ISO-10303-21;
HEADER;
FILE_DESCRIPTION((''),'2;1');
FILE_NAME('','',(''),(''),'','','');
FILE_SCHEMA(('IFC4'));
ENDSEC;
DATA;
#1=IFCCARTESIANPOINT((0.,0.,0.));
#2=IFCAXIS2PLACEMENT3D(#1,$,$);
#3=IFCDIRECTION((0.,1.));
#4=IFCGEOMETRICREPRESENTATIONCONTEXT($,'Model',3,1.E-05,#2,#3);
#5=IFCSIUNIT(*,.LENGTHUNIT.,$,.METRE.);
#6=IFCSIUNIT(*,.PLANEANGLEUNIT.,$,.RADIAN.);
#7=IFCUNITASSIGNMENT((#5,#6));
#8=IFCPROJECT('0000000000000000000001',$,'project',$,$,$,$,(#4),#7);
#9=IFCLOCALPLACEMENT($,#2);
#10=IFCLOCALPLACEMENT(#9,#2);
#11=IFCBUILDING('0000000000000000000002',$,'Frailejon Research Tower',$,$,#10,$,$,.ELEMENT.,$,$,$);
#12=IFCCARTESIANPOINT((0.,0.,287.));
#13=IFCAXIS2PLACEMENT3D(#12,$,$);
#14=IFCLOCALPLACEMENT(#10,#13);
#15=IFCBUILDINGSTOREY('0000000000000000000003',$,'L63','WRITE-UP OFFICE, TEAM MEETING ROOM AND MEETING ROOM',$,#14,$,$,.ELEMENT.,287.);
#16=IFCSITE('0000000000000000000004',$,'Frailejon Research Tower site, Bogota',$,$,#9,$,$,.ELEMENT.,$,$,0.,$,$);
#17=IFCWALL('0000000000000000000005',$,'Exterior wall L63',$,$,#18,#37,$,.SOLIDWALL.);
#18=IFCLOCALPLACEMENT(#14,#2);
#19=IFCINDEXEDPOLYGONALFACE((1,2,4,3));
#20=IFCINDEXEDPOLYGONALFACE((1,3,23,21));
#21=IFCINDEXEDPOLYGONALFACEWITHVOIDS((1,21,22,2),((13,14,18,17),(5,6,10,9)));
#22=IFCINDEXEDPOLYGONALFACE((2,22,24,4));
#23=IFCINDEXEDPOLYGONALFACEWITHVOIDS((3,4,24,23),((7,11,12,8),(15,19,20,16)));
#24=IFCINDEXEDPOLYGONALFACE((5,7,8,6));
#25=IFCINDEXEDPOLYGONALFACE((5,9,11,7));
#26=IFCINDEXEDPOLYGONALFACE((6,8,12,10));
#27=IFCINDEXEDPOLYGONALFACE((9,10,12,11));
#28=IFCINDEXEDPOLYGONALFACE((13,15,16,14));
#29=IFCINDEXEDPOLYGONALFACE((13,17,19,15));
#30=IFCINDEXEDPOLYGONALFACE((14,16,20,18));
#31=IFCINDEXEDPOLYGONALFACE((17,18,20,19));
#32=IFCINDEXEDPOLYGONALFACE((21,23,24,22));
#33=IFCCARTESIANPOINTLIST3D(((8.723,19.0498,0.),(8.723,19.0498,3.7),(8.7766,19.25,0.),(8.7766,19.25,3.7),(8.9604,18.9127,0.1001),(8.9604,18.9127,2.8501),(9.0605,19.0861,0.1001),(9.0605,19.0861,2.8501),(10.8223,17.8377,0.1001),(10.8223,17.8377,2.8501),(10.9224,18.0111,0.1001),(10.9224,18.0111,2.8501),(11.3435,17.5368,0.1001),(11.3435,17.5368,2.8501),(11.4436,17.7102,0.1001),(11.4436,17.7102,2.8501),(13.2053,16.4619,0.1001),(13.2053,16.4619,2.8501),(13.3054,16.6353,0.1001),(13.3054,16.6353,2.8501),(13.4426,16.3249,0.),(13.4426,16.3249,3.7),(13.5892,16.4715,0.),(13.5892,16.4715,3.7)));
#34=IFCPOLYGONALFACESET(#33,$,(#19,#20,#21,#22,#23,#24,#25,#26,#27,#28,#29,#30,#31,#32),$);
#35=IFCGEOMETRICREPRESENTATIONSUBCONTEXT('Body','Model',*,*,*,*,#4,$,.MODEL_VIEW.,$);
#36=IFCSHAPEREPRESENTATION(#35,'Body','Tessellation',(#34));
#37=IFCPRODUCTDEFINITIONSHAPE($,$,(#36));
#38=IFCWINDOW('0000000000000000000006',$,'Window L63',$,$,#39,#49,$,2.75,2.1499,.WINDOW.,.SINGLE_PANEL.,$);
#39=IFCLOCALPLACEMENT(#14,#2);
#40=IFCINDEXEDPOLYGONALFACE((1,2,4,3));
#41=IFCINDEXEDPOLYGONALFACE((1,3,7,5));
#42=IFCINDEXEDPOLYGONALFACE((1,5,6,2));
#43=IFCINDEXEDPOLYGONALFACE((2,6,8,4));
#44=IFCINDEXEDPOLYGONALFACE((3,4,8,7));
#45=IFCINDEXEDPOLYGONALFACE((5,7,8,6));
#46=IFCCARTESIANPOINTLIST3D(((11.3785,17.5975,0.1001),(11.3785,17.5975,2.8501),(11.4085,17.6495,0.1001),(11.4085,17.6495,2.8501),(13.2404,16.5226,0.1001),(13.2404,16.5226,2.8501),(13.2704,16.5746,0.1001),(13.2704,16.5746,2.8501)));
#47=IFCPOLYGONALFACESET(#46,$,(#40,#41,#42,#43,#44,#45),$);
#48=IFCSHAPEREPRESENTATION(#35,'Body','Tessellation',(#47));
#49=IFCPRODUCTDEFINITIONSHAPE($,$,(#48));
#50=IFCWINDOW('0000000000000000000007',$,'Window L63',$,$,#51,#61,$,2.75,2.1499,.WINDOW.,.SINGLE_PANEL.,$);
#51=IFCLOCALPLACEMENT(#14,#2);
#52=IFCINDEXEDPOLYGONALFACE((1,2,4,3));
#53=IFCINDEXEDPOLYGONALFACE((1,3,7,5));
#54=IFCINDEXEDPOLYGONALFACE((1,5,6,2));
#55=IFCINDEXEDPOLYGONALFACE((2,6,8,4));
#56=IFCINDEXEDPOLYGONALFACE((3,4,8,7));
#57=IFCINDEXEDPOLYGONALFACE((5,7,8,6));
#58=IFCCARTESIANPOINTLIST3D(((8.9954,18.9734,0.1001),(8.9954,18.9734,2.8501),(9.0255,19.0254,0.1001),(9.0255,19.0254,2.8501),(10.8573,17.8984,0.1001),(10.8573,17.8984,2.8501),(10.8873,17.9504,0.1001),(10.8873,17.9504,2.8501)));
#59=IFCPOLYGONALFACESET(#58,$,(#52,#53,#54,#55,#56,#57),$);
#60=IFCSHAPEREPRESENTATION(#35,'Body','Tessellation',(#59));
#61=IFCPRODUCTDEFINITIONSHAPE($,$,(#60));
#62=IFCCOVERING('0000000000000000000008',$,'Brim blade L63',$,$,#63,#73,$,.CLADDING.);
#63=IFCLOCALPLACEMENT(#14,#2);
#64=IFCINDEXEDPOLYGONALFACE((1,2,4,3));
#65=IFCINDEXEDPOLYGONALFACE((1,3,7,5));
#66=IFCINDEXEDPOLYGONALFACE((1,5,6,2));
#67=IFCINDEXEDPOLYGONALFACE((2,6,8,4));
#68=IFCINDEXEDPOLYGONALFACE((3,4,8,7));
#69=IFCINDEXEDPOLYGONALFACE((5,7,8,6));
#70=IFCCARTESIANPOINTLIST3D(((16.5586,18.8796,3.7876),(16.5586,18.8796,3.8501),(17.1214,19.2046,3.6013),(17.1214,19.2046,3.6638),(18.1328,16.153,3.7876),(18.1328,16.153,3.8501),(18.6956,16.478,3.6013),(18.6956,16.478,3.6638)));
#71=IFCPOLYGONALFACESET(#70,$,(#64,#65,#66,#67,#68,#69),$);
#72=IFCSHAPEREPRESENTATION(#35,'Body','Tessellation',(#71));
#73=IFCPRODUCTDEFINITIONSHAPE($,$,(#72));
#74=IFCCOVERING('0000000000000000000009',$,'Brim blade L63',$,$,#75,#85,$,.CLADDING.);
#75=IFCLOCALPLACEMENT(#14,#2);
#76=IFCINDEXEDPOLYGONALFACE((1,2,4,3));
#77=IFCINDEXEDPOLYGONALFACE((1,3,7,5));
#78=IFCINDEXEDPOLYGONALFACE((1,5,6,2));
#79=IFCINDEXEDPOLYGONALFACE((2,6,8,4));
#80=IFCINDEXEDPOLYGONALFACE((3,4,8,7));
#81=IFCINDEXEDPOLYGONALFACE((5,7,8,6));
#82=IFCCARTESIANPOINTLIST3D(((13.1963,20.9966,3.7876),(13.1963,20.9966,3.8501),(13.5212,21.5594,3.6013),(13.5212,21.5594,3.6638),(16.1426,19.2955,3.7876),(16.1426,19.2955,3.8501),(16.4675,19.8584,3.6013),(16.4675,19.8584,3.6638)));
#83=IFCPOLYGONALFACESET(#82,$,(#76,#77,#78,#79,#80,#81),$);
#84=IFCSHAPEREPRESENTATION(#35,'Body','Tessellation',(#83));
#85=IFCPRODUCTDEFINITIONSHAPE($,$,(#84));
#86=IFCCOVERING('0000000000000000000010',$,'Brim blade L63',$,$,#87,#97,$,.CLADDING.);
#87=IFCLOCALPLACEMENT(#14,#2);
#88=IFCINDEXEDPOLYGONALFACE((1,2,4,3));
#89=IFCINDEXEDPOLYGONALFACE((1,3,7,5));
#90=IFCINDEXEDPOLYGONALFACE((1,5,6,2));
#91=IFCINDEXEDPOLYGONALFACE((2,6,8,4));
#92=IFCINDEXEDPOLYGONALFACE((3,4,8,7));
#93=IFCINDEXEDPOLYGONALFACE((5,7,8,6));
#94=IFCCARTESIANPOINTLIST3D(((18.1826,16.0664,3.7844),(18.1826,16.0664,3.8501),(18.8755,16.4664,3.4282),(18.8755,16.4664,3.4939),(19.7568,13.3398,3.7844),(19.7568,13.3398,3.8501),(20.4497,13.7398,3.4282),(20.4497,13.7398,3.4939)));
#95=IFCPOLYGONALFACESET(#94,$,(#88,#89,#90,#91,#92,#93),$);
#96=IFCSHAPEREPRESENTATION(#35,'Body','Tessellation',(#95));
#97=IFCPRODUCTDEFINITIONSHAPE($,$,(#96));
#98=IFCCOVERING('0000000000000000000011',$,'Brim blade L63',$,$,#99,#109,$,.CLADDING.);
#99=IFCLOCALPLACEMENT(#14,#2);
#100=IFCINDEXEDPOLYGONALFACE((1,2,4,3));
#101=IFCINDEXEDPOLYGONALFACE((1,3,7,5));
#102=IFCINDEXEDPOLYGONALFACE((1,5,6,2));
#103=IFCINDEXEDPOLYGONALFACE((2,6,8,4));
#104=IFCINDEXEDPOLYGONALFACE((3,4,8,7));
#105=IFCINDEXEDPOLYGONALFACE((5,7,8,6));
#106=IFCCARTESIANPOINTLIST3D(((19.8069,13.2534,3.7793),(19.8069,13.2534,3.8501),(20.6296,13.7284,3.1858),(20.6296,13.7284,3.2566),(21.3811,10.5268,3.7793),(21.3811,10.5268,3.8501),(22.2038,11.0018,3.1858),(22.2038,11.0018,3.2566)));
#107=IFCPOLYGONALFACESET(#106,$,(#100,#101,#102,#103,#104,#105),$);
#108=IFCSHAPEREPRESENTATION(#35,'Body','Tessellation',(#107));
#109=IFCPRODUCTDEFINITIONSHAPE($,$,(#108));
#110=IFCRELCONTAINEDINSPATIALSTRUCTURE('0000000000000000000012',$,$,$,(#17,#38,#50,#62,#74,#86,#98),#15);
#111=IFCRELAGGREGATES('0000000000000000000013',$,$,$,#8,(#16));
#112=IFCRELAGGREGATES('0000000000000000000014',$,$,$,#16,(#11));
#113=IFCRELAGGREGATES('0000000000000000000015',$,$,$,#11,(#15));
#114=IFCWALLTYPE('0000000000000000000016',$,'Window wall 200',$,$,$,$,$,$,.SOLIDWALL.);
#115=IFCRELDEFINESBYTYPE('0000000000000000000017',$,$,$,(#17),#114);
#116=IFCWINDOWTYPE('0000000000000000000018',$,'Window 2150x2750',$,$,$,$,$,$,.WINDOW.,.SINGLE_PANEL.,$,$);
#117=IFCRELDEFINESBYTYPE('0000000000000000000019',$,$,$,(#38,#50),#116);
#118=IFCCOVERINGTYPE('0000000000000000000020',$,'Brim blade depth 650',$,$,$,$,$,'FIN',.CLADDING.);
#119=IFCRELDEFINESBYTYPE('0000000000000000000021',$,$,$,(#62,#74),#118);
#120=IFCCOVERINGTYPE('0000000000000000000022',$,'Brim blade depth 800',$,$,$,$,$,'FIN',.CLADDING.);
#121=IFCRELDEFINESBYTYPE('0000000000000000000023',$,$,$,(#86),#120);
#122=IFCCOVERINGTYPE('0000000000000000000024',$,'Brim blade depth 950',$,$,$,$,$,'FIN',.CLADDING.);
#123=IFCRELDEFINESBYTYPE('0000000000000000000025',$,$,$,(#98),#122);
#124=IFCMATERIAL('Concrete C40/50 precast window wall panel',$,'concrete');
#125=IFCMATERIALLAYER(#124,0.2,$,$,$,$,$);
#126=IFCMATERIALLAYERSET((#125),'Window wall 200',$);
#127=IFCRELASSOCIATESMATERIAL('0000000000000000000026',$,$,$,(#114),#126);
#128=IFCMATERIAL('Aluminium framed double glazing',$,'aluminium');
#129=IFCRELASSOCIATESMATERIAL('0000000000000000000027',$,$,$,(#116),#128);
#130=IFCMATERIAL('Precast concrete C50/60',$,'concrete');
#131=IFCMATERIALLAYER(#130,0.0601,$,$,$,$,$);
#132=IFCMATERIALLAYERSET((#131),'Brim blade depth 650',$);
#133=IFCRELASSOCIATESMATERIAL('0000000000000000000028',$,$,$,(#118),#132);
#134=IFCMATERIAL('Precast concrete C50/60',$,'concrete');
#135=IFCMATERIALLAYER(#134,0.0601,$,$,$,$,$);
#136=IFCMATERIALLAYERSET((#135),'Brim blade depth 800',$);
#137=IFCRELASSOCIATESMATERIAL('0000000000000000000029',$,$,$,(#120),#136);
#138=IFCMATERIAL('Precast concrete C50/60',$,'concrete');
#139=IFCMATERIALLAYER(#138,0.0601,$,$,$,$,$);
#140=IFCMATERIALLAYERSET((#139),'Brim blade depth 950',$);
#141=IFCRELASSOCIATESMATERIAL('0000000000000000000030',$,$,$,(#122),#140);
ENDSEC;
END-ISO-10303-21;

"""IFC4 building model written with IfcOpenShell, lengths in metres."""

from ifc_helpers import new_model, si_unit, direction, frame, frame_2d, origin, place, context, subcontext, project, spatial, polyline, rectangle, outline, extrude, material, layer, layer_set, type_object, element, fill, save


model = new_model("IFC4")

# Units and contexts
model_context = context("Model", 3, precision=1e-05, world=origin(), true_north=direction((0.0, 1.0)))
body_context = subcontext(model_context, "Body", "Model", "MODEL_VIEW")
ifc_project = project(units=[si_unit("LENGTHUNIT", "METRE"), si_unit("PLANEANGLEUNIT", "RADIAN")], contexts=[model_context])

# Site, building, storey
site_placement = place(None, origin())
site = spatial("IfcSite", under=ifc_project, at=site_placement, Name="Frailejon Research Tower site, Bogota", CompositionType="ELEMENT", RefElevation=0.0)
building_placement = place(site_placement, origin())
building = spatial("IfcBuilding", under=site, at=building_placement, Name="Frailejon Research Tower", CompositionType="ELEMENT")
storey_placement = place(building_placement, frame((0.0, 0.0, 287.0)))
storey = spatial("IfcBuildingStorey", under=building, at=storey_placement, Name="L63", Description="WRITE-UP OFFICE, TEAM MEETING ROOM AND MEETING ROOM", CompositionType="ELEMENT", Elevation=287.0)

# Wall, openings, windows
ifc_material_1 = material(Name="Concrete C40/50 precast window wall panel", Category="concrete")
ifc_layer_1 = layer(ifc_material_1, 0.2)
ifc_layer_set_1 = layer_set([ifc_layer_1], Name="Window wall 200")
wall_type = type_object("IfcWallType", Name="Window wall 200", PredefinedType="SOLIDWALL", material=ifc_layer_set_1)
wall_placement = place(storey_placement, frame((13.5159, 16.3982, 0.0), z_axis=(0.0, 0.0, 1.0), x_axis=(-0.866026, 0.499999, 0.0)))
wall = element("IfcWall", 1, at=wall_placement, inside=storey, type_object=wall_type, Name="Exterior wall L63", PredefinedType="SOLIDWALL", context=body_context, shape_type="SweptSolid", body=[
    extrude(outline(polyline([(-0.0269, -0.1001), (1.0845, -0.1001), (2.196, -0.1001), (3.3074, -0.1001), (4.4189, -0.1001), (5.5303, -0.1001), (5.4766, 0.1001), (4.3867, 0.1001), (3.2966, 0.1001), (2.2068, 0.1001), (1.1167, 0.1001), (0.0269, 0.1001), (-0.0269, -0.1001)])), origin(), (0.0, 0.0, 1.0), 3.7),
])
opening_1_placement = place(wall_placement, frame((0.3008, 0.0, 0.1001)))
opening_1 = element("IfcOpeningElement", 2, at=opening_1_placement, cuts=wall, PredefinedType="OPENING", context=body_context, shape_type="SweptSolid", body=[
    extrude(rectangle(XDim=2.1499, YDim=2.75, at=frame_2d((1.075, 1.375))), frame((0.0, 0.1099, 0.0), z_axis=(0.0, -1.0, 0.0), x_axis=(1.0, 0.0, 0.0)), (0.0, 0.0, 1.0), 0.22),
])
opening_2_placement = place(wall_placement, frame((3.0525, 0.0, 0.1001)))
opening_2 = element("IfcOpeningElement", 3, at=opening_2_placement, cuts=wall, PredefinedType="OPENING", context=body_context, shape_type="SweptSolid", body=[
    extrude(rectangle(XDim=2.1499, YDim=2.75, at=frame_2d((1.075, 1.375))), frame((0.0, 0.1099, 0.0), z_axis=(0.0, -1.0, 0.0), x_axis=(1.0, 0.0, 0.0)), (0.0, 0.0, 1.0), 0.22),
])
ifc_material_2 = material(Name="Aluminium framed double glazing", Category="aluminium")
window_type = type_object("IfcWindowType", Name="Window 2150x2750", PartitioningType="SINGLE_PANEL", PredefinedType="WINDOW", material=ifc_material_2)
window_1_placement = place(opening_1_placement, origin())
window_1 = element("IfcWindow", 4, at=window_1_placement, inside=storey, type_object=window_type, Name="Window L63", OverallHeight=2.75, OverallWidth=2.1499, PartitioningType="SINGLE_PANEL", PredefinedType="WINDOW", context=body_context, shape_type="SweptSolid", body=[
    extrude(rectangle(XDim=2.1499, YDim=2.75, at=frame_2d((1.075, 1.375))), frame((0.0, 0.03, 0.0), z_axis=(0.0, -1.0, 0.0), x_axis=(1.0, 0.0, 0.0)), (0.0, 0.0, 1.0), 0.0601),
])
fill(opening_1, window_1)
window_2_placement = place(opening_2_placement, origin())
window_2 = element("IfcWindow", 5, at=window_2_placement, inside=storey, type_object=window_type, Name="Window L63", OverallHeight=2.75, OverallWidth=2.1499, PartitioningType="SINGLE_PANEL", PredefinedType="WINDOW", context=body_context, shape_type="SweptSolid", body=[
    extrude(rectangle(XDim=2.1499, YDim=2.75, at=frame_2d((1.075, 1.375))), frame((0.0, 0.03, 0.0), z_axis=(0.0, -1.0, 0.0), x_axis=(1.0, 0.0, 0.0)), (0.0, 0.0, 1.0), 0.0601),
])
fill(opening_2, window_2)

# Coverings
ifc_material_3 = material(Name="Precast concrete C50/60", Category="concrete")
ifc_layer_2 = layer(ifc_material_3, 0.0601)
ifc_layer_set_2 = layer_set([ifc_layer_2], Name="Brim blade depth 650")
covering_type_1 = type_object("IfcCoveringType", Name="Brim blade depth 650", ElementType="FIN", PredefinedType="CLADDING", material=ifc_layer_set_2)
covering_1_placement = place(storey_placement, frame((16.5586, 18.8796, 3.8501), z_axis=(0.5, -0.866026, 0.0), x_axis=(0.866026, 0.5, 0.0)))
element("IfcCovering", 6, at=covering_1_placement, inside=storey, type_object=covering_type_1, Name="Brim blade L63", PredefinedType="CLADDING", context=body_context, shape_type="SweptSolid", body=[
    extrude(outline(polyline([(0.0, -0.0625), (0.6499, -0.2488), (0.6499, -0.1863), (0.0, 0.0), (0.0, -0.0625)])), origin(), (0.0, 0.0, 1.0), 3.1484),
])
covering_2_placement = place(storey_placement, frame((13.1963, 20.9966, 3.8501), z_axis=(0.866024, -0.500003, 0.0), x_axis=(0.500003, 0.866024, 0.0)))
element("IfcCovering", 7, at=covering_2_placement, inside=storey, type_object=covering_type_1, Name="Brim blade L63", PredefinedType="CLADDING", context=body_context, shape_type="SweptSolid", body=[
    extrude(outline(polyline([(0.0, -0.0625), (0.6499, -0.2488), (0.6499, -0.1863), (0.0, 0.0), (0.0, -0.0625)])), origin(), (0.0, 0.0, 1.0), 3.4021),
])
ifc_material_4 = material(Name="Precast concrete C50/60", Category="concrete")
ifc_layer_3 = layer(ifc_material_4, 0.0601)
ifc_layer_set_3 = layer_set([ifc_layer_3], Name="Brim blade depth 800")
covering_type_2 = type_object("IfcCoveringType", Name="Brim blade depth 800", ElementType="FIN", PredefinedType="CLADDING", material=ifc_layer_set_3)
covering_3_placement = place(storey_placement, frame((18.1826, 16.0664, 3.8501), z_axis=(0.5, -0.866026, 0.0), x_axis=(0.866026, 0.5, 0.0)))
element("IfcCovering", 8, at=covering_3_placement, inside=storey, type_object=covering_type_2, Name="Brim blade L63", PredefinedType="CLADDING", context=body_context, shape_type="SweptSolid", body=[
    extrude(outline(polyline([(0.0, -0.0657), (0.8, -0.4219), (0.8, -0.3562), (0.0, 0.0), (0.0, -0.0657)])), origin(), (0.0, 0.0, 1.0), 3.1484),
])
ifc_material_5 = material(Name="Precast concrete C50/60", Category="concrete")
ifc_layer_4 = layer(ifc_material_5, 0.0601)
ifc_layer_set_4 = layer_set([ifc_layer_4], Name="Brim blade depth 950")
covering_type_3 = type_object("IfcCoveringType", Name="Brim blade depth 950", ElementType="FIN", PredefinedType="CLADDING", material=ifc_layer_set_4)
covering_4_placement = place(storey_placement, frame((19.8069, 13.2534, 3.8501), z_axis=(0.5, -0.866026, 0.0), x_axis=(0.866026, 0.5, 0.0)))
element("IfcCovering", 9, at=covering_4_placement, inside=storey, type_object=covering_type_3, Name="Brim blade L63", PredefinedType="CLADDING", context=body_context, shape_type="SweptSolid", body=[
    extrude(outline(polyline([(0.0, -0.0708), (0.95, -0.6643), (0.95, -0.5935), (0.0, 0.0), (0.0, -0.0708)])), origin(), (0.0, 0.0, 1.0), 3.1484),
])

save(model, "model.ifc")
